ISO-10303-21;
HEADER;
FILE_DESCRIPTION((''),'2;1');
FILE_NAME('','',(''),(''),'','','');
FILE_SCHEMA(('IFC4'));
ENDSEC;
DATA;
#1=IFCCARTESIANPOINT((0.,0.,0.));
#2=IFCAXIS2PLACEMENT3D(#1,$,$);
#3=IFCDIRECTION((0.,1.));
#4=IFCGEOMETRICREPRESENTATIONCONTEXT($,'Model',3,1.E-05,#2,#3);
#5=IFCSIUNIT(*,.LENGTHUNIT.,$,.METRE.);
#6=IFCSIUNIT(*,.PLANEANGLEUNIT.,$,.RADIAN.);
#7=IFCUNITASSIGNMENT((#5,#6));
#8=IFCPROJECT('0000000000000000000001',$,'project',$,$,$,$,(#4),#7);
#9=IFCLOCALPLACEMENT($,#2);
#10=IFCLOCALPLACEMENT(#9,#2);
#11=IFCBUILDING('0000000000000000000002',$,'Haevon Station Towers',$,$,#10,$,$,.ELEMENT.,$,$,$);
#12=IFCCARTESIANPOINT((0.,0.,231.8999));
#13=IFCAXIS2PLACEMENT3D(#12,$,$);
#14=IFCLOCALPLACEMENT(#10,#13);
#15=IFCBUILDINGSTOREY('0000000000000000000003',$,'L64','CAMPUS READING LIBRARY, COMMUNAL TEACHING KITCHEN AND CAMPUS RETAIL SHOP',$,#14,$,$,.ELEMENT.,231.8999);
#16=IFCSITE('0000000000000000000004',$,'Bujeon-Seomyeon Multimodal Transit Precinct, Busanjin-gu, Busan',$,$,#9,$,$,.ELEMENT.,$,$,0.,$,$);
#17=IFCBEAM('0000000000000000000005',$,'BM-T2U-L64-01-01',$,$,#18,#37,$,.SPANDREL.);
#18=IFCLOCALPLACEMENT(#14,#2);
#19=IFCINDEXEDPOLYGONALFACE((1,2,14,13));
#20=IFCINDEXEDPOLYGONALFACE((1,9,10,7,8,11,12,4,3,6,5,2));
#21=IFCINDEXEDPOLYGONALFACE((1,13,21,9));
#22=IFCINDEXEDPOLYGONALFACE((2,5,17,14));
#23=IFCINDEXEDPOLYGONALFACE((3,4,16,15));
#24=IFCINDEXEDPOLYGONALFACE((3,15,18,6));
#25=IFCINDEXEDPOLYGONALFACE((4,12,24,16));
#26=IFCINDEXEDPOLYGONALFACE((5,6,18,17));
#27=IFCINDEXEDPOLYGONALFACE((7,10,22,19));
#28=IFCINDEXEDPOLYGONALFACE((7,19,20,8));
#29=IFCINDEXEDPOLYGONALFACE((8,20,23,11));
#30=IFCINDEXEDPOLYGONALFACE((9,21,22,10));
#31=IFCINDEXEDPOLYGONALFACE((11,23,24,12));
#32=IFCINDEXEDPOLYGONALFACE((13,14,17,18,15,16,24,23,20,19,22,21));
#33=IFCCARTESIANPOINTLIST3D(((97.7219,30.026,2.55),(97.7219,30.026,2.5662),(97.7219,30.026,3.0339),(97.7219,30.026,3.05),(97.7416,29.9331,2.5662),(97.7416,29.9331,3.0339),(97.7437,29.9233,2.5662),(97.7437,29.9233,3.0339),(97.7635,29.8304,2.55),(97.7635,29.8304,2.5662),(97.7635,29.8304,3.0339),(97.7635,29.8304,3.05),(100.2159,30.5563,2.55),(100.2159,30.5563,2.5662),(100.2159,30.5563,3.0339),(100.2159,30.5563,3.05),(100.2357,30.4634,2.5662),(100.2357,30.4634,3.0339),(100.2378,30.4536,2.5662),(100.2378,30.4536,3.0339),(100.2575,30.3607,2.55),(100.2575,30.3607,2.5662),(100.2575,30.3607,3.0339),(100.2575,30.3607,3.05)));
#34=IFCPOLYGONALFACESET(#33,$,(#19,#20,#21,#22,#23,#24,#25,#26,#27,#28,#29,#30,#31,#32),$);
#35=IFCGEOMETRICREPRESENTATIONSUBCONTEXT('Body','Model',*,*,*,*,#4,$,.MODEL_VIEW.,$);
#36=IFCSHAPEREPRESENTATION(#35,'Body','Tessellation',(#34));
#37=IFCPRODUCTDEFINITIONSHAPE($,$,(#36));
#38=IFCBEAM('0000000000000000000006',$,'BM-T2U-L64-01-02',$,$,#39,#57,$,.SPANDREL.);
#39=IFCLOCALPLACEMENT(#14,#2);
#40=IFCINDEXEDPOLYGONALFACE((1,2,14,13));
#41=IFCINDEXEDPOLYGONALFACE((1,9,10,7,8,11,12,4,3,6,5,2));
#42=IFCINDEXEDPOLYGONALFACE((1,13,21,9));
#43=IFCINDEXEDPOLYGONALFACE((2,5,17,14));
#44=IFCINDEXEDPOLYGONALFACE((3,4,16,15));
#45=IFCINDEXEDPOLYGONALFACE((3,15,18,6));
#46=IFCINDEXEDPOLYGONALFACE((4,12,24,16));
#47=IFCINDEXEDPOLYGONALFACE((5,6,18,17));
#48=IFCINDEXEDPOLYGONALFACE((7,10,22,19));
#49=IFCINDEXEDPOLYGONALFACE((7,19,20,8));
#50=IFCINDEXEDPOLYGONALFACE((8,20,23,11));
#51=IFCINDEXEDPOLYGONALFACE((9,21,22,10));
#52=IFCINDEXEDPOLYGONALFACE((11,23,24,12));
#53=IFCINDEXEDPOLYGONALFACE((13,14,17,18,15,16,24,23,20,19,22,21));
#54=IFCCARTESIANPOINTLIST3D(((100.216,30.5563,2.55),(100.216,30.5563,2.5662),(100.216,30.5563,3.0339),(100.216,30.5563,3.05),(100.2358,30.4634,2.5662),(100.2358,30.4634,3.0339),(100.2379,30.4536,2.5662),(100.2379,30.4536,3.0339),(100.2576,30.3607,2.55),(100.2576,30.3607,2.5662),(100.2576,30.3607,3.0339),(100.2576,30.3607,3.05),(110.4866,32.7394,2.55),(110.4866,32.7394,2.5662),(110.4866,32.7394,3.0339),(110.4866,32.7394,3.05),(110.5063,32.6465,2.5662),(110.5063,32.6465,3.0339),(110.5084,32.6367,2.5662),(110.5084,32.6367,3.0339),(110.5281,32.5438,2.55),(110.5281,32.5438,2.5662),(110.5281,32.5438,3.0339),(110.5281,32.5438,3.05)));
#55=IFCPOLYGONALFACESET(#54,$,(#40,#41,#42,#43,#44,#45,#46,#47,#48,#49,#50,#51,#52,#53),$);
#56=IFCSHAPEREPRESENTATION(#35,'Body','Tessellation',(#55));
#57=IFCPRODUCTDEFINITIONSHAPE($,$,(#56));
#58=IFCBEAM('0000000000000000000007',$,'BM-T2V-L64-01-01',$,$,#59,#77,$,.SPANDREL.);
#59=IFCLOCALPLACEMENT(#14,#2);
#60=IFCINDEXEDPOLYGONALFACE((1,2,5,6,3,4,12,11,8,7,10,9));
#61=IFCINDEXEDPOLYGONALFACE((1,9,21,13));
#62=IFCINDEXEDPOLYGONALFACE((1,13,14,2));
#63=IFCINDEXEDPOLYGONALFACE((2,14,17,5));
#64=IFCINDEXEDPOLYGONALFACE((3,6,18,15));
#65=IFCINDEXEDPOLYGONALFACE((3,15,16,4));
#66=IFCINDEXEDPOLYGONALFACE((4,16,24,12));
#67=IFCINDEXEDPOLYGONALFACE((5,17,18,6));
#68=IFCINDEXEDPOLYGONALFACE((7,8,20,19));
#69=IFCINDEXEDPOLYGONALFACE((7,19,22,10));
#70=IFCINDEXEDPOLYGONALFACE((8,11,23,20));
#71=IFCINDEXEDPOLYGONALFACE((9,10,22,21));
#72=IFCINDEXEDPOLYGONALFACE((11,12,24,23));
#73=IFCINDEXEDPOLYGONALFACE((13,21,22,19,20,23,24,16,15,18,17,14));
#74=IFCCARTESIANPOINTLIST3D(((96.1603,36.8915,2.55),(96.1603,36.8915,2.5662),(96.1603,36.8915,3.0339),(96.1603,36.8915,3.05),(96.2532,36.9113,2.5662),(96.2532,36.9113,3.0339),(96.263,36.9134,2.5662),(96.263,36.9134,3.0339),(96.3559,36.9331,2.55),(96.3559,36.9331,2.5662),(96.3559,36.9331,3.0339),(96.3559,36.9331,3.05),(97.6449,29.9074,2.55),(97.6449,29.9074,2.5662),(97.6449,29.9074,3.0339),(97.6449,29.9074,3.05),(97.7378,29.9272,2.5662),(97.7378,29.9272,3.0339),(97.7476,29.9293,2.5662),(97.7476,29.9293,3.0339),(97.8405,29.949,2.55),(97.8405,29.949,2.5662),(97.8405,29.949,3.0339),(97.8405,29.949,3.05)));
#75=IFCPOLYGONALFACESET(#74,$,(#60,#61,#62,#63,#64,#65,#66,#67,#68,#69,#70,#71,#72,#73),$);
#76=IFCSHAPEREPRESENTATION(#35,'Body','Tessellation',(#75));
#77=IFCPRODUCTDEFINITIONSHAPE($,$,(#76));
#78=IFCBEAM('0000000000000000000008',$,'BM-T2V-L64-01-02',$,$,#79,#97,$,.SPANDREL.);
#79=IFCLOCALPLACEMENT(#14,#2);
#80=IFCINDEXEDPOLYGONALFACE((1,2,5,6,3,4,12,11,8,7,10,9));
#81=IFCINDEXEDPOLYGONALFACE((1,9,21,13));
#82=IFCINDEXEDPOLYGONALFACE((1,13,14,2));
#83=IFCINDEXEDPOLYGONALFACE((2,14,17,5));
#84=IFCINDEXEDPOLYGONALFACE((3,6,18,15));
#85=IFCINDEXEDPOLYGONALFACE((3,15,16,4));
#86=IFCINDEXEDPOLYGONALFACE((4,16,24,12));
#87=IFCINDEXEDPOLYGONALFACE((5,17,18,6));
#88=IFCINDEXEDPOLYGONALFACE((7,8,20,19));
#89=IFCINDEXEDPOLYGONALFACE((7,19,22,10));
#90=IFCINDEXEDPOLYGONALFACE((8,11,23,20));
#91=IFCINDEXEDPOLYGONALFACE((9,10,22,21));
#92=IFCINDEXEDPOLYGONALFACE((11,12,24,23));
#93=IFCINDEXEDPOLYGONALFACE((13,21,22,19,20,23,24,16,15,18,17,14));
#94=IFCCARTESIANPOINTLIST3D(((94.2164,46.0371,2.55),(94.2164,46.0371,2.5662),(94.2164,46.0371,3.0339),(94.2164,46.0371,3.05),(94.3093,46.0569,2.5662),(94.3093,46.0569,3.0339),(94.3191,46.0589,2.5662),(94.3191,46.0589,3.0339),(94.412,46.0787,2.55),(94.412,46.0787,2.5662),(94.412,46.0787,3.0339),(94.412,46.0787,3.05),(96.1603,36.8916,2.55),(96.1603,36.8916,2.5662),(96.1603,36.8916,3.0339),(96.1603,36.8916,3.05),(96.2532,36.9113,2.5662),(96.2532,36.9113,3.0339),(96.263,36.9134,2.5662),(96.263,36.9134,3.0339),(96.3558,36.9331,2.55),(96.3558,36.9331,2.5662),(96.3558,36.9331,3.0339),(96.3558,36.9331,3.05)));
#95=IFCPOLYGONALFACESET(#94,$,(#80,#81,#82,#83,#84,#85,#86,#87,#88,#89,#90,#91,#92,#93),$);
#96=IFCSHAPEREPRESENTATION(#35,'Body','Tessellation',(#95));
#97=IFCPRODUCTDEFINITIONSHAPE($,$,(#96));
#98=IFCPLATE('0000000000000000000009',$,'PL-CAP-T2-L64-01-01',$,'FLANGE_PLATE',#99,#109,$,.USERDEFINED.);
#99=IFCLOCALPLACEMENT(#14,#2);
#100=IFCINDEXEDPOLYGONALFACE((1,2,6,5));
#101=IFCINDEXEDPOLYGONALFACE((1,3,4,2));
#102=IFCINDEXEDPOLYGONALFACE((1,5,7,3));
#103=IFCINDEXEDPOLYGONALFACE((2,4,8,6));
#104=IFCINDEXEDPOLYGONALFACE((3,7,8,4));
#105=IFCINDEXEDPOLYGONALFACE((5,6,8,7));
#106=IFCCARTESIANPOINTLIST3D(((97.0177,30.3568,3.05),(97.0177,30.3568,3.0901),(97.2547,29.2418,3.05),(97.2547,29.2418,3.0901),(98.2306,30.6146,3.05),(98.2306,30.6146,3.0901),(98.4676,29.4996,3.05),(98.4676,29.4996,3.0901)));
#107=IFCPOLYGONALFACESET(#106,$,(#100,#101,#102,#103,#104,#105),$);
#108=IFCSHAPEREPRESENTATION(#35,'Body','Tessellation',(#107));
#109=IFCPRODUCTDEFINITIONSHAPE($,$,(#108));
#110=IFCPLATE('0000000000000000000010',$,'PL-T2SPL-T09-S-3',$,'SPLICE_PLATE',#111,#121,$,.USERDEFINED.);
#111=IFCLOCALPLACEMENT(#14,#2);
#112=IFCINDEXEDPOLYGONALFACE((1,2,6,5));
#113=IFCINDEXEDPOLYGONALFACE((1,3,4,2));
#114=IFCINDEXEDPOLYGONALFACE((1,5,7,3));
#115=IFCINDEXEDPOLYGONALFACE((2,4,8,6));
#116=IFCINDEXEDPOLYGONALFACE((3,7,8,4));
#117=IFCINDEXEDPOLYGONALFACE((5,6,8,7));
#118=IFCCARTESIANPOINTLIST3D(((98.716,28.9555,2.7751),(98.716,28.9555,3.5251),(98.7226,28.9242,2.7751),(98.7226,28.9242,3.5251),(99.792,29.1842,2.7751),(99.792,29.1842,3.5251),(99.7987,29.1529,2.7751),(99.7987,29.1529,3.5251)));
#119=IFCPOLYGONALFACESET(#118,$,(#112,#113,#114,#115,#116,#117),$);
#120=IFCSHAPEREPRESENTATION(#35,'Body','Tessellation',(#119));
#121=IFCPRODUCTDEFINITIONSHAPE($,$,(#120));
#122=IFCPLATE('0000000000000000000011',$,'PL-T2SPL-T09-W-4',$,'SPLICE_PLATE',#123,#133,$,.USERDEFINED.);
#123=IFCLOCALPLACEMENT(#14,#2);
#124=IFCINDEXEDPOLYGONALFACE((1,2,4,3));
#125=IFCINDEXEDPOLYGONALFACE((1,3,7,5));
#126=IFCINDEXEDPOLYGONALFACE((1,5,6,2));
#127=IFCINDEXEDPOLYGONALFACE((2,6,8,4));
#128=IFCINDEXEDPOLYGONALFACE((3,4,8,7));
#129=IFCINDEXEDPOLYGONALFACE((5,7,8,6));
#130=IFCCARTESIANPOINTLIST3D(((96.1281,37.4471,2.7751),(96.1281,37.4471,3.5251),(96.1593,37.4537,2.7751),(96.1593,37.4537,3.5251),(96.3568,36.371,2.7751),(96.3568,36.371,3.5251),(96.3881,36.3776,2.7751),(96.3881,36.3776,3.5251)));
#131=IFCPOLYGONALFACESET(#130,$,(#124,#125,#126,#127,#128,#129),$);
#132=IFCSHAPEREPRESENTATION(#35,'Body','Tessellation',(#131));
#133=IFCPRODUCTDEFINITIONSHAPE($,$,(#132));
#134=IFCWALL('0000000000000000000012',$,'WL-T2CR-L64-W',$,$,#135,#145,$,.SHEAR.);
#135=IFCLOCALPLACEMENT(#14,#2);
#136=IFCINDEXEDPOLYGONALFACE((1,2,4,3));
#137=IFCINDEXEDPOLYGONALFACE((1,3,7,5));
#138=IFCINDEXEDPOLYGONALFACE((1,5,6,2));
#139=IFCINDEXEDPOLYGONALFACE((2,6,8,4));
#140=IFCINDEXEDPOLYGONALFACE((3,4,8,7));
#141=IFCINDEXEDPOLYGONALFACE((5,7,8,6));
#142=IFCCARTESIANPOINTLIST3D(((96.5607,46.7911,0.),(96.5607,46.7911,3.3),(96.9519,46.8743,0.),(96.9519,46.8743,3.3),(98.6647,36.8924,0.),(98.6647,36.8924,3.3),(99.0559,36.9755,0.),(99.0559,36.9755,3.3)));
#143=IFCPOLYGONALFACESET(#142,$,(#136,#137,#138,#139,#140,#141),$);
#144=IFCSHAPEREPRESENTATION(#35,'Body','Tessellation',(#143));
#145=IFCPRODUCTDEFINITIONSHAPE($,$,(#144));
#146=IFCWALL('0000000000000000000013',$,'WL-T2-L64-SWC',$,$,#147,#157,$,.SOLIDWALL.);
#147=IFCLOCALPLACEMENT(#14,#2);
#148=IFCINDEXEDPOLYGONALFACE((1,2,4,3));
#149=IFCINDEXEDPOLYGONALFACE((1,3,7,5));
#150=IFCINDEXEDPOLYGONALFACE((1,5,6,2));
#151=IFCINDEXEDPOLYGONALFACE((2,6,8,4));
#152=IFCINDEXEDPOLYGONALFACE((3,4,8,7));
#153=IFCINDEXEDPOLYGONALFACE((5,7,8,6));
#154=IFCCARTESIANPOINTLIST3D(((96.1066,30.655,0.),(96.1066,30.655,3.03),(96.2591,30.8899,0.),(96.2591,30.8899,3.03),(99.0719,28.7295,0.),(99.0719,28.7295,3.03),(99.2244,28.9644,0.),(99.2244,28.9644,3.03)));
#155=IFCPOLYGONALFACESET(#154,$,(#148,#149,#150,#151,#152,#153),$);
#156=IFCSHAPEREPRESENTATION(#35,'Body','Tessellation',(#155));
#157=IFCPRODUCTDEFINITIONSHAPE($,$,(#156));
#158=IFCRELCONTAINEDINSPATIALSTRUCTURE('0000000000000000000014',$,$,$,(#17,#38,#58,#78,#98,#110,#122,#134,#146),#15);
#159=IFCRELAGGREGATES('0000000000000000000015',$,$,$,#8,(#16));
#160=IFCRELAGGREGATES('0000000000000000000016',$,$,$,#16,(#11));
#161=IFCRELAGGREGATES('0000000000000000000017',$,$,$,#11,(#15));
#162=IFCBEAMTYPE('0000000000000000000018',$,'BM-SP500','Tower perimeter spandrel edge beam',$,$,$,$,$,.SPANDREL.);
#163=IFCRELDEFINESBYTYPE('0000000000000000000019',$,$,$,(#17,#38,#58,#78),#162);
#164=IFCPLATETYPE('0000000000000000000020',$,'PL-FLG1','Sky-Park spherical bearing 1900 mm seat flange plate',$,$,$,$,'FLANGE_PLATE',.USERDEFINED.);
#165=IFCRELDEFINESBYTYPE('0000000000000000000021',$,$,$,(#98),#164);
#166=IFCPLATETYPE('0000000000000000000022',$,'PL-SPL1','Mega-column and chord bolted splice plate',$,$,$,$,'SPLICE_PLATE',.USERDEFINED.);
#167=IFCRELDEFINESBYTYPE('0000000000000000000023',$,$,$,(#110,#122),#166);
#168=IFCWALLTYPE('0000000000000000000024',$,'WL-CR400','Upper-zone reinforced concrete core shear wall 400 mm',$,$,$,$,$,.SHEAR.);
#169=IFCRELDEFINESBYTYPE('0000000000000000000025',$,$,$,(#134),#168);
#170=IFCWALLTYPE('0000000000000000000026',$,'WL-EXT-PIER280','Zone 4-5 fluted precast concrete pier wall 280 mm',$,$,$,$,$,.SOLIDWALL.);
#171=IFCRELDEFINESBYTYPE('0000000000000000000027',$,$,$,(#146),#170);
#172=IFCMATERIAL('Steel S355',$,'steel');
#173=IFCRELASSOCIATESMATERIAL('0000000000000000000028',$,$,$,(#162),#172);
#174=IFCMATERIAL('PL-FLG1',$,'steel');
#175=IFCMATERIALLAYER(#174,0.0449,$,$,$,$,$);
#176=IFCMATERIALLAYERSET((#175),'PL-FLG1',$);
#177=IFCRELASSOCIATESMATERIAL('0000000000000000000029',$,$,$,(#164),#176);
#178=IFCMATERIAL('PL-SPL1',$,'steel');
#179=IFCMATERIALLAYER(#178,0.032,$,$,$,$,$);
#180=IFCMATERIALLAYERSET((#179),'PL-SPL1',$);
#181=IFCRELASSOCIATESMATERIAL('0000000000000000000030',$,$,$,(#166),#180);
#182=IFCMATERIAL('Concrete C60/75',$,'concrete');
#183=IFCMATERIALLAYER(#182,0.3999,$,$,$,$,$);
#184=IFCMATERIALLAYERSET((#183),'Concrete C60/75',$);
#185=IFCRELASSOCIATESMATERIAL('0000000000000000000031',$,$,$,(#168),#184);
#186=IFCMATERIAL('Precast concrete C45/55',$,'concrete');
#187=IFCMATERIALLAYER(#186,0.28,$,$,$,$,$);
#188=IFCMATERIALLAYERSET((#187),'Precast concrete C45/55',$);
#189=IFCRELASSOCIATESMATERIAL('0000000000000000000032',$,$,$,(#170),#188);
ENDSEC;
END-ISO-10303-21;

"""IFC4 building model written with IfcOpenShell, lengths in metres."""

from ifc_helpers import new_model, si_unit, direction, frame, frame_2d, origin, origin_2d, place, context, subcontext, project, spatial, rectangle, i_section, extrude, material, layer, layer_set, material_profile, profile_set, type_object, element, save


model = new_model("IFC4")

# Units and contexts
model_context = context("Model", 3, precision=1e-05, world=origin(), true_north=direction((0.0, 1.0)))
body_context = subcontext(model_context, "Body", "Model", "MODEL_VIEW")
ifc_project = project(units=[si_unit("LENGTHUNIT", "METRE"), si_unit("PLANEANGLEUNIT", "RADIAN")], contexts=[model_context])

# Site, building, storey
site_placement = place(None, origin())
site = spatial("IfcSite", under=ifc_project, at=site_placement, Name="Bujeon-Seomyeon Multimodal Transit Precinct, Busanjin-gu, Busan", CompositionType="ELEMENT", RefElevation=0.0)
building_placement = place(site_placement, origin())
building = spatial("IfcBuilding", under=site, at=building_placement, Name="Haevon Station Towers", CompositionType="ELEMENT")
storey_placement = place(building_placement, frame((0.0, 0.0, 231.8999)))
storey = spatial("IfcBuildingStorey", under=building, at=storey_placement, Name="L64", Description="CAMPUS READING LIBRARY, COMMUNAL TEACHING KITCHEN AND CAMPUS RETAIL SHOP", CompositionType="ELEMENT", Elevation=231.8999)

# Shared definitions
ifc_material_1 = material(Name="Steel S355", Category="steel")

# Beams
ifc_material_profile_1 = material_profile(ifc_material_1, i_section(OverallWidth=0.2, OverallDepth=0.5, WebThickness=0.01, FlangeThickness=0.0161, at=origin_2d()), Name="H-500x200x10x16")
ifc_profile_set_1 = profile_set([ifc_material_profile_1], Name="Steel S355")
beam_type_1 = type_object("IfcBeamType", Name="BM-SP500", Description="Tower perimeter spandrel edge beam", PredefinedType="SPANDREL", material=ifc_profile_set_1)
beam_1_placement = place(storey_placement, frame((97.7427, 29.9282, 2.8), z_axis=(0.978137, 0.20796, 0.0), x_axis=(-0.20796, 0.978137, 0.0)))
element("IfcBeam", 1, at=beam_1_placement, inside=storey, type_object=beam_type_1, Name="BM-T2U-L64-01-01", PredefinedType="SPANDREL", context=body_context, shape_type="SweptSolid", body=[
    extrude(i_section(OverallWidth=0.2, OverallDepth=0.5, WebThickness=0.01, FlangeThickness=0.0161, at=origin_2d()), origin(), (0.0, 0.0, 1.0), 2.5498),
])
beam_2_placement = place(storey_placement, frame((100.2368, 30.4585, 2.8), z_axis=(0.978147, 0.207915, 0.0), x_axis=(-0.207915, 0.978147, 0.0)))
element("IfcBeam", 2, at=beam_2_placement, inside=storey, type_object=beam_type_1, Name="BM-T2U-L64-01-02", PredefinedType="SPANDREL", context=body_context, shape_type="SweptSolid", body=[
    extrude(i_section(OverallWidth=0.2, OverallDepth=0.5, WebThickness=0.01, FlangeThickness=0.0161, at=origin_2d()), origin(), (0.0, 0.0, 1.0), 10.5),
])
beam_3_placement = place(storey_placement, frame((97.7427, 29.9282, 2.8), z_axis=(-0.207925, 0.978145, 0.0), x_axis=(-0.978145, -0.207925, 0.0)))
element("IfcBeam", 3, at=beam_3_placement, inside=storey, type_object=beam_type_1, Name="BM-T2V-L64-01-01", PredefinedType="SPANDREL", context=body_context, shape_type="SweptSolid", body=[
    extrude(i_section(OverallWidth=0.2, OverallDepth=0.5, WebThickness=0.01, FlangeThickness=0.0161, at=origin_2d()), origin(), (0.0, 0.0, 1.0), 7.1401),
])
beam_4_placement = place(storey_placement, frame((96.2581, 36.9124, 2.8), z_axis=(-0.207902, 0.97815, 0.0), x_axis=(-0.97815, -0.207902, 0.0)))
element("IfcBeam", 4, at=beam_4_placement, inside=storey, type_object=beam_type_1, Name="BM-T2V-L64-01-02", PredefinedType="SPANDREL", context=body_context, shape_type="SweptSolid", body=[
    extrude(i_section(OverallWidth=0.2, OverallDepth=0.5, WebThickness=0.01, FlangeThickness=0.0161, at=origin_2d()), origin(), (0.0, 0.0, 1.0), 9.3499),
])

# Plates
ifc_material_2 = material(Name="PL-FLG1", Category="steel")
ifc_layer_1 = layer(ifc_material_2, 0.0449)
ifc_layer_set_1 = layer_set([ifc_layer_1], Name="PL-FLG1")
plate_type_1 = type_object("IfcPlateType", Name="PL-FLG1", Description="Sky-Park spherical bearing 1900 mm seat flange plate", ElementType="FLANGE_PLATE", PredefinedType="USERDEFINED", material=ifc_layer_set_1)
plate_placement = place(storey_placement, frame((97.7427, 29.9282, 3.05), z_axis=(0.0, 0.0, 1.0), x_axis=(0.978148, 0.207912, 0.0)))
element("IfcPlate", 5, at=plate_placement, inside=storey, type_object=plate_type_1, Name="PL-CAP-T2-L64-01-01", ObjectType="FLANGE_PLATE", PredefinedType="USERDEFINED", context=body_context, shape_type="SweptSolid", body=[
    extrude(rectangle(XDim=1.24, YDim=1.1399, at=origin_2d()), origin(), (0.0, 0.0, 1.0), 0.04),
])
ifc_material_3 = material(Name="PL-SPL1", Category="steel")
ifc_layer_2 = layer(ifc_material_3, 0.032)
ifc_layer_set_2 = layer_set([ifc_layer_2], Name="PL-SPL1")
plate_type_2 = type_object("IfcPlateType", Name="PL-SPL1", Description="Mega-column and chord bolted splice plate", ElementType="SPLICE_PLATE", PredefinedType="USERDEFINED", material=ifc_layer_set_2)
for number, where, z_axis, x_axis, name in (
    (6, (99.2573, 29.0542, 2.7751), (0.0, 0.0, 1.0), (0.978148, 0.207912, 0.0), "PL-T2SPL-T09-S-3"),
    (7, (96.2581, 36.9124, 2.7751), (0.0, 0.0, 1.0), (-0.207912, 0.978148, 0.0), "PL-T2SPL-T09-W-4"),
):
    element("IfcPlate", number, at=place(storey_placement, frame(where, z_axis=z_axis, x_axis=x_axis)), inside=storey, type_object=plate_type_2, Name=name, ObjectType="SPLICE_PLATE", PredefinedType="USERDEFINED", context=body_context, shape_type="SweptSolid", body=[
        extrude(rectangle(XDim=1.1001, YDim=0.032, at=origin_2d()), origin(), (0.0, 0.0, 1.0), 0.75),
    ])

# Walls
ifc_material_4 = material(Name="Concrete C60/75", Category="concrete")
ifc_layer_3 = layer(ifc_material_4, 0.3999)
ifc_layer_set_3 = layer_set([ifc_layer_3], Name="Concrete C60/75")
wall_type_1 = type_object("IfcWallType", Name="WL-CR400", Description="Upper-zone reinforced concrete core shear wall 400 mm", PredefinedType="SHEAR", material=ifc_layer_set_3)
wall_1_placement = place(storey_placement, frame((98.8604, 36.9338, 0.0), z_axis=(0.0, 0.0, 1.0), x_axis=(-0.207909, 0.978148, 0.0)))
element("IfcWall", 8, at=wall_1_placement, inside=storey, type_object=wall_type_1, Name="WL-T2CR-L64-W", PredefinedType="SHEAR", context=body_context, shape_type="SweptSolid", body=[
    extrude(rectangle(XDim=10.1199, YDim=0.3999, at=frame_2d((5.0601, 0.0))), origin(), (0.0, 0.0, 1.0), 3.3),
])
ifc_material_5 = material(Name="Precast concrete C45/55", Category="concrete")
ifc_layer_4 = layer(ifc_material_5, 0.28)
ifc_layer_set_4 = layer_set([ifc_layer_4], Name="Precast concrete C45/55")
wall_type_2 = type_object("IfcWallType", Name="WL-EXT-PIER280", Description="Zone 4-5 fluted precast concrete pier wall 280 mm", PredefinedType="SOLIDWALL", material=ifc_layer_set_4)
wall_2_placement = place(storey_placement, frame((99.1482, 28.8469, 0.0), z_axis=(0.0, 0.0, 1.0), x_axis=(-0.838693, 0.544605, 0.0)))
element("IfcWall", 9, at=wall_2_placement, inside=storey, type_object=wall_type_2, Name="WL-T2-L64-SWC", PredefinedType="SOLIDWALL", context=body_context, shape_type="SweptSolid", body=[
    extrude(rectangle(XDim=3.5356, YDim=0.28, at=frame_2d((1.7678, 0.0))), origin(), (0.0, 0.0, 1.0), 3.03),
])

save(model, "model.ifc")
